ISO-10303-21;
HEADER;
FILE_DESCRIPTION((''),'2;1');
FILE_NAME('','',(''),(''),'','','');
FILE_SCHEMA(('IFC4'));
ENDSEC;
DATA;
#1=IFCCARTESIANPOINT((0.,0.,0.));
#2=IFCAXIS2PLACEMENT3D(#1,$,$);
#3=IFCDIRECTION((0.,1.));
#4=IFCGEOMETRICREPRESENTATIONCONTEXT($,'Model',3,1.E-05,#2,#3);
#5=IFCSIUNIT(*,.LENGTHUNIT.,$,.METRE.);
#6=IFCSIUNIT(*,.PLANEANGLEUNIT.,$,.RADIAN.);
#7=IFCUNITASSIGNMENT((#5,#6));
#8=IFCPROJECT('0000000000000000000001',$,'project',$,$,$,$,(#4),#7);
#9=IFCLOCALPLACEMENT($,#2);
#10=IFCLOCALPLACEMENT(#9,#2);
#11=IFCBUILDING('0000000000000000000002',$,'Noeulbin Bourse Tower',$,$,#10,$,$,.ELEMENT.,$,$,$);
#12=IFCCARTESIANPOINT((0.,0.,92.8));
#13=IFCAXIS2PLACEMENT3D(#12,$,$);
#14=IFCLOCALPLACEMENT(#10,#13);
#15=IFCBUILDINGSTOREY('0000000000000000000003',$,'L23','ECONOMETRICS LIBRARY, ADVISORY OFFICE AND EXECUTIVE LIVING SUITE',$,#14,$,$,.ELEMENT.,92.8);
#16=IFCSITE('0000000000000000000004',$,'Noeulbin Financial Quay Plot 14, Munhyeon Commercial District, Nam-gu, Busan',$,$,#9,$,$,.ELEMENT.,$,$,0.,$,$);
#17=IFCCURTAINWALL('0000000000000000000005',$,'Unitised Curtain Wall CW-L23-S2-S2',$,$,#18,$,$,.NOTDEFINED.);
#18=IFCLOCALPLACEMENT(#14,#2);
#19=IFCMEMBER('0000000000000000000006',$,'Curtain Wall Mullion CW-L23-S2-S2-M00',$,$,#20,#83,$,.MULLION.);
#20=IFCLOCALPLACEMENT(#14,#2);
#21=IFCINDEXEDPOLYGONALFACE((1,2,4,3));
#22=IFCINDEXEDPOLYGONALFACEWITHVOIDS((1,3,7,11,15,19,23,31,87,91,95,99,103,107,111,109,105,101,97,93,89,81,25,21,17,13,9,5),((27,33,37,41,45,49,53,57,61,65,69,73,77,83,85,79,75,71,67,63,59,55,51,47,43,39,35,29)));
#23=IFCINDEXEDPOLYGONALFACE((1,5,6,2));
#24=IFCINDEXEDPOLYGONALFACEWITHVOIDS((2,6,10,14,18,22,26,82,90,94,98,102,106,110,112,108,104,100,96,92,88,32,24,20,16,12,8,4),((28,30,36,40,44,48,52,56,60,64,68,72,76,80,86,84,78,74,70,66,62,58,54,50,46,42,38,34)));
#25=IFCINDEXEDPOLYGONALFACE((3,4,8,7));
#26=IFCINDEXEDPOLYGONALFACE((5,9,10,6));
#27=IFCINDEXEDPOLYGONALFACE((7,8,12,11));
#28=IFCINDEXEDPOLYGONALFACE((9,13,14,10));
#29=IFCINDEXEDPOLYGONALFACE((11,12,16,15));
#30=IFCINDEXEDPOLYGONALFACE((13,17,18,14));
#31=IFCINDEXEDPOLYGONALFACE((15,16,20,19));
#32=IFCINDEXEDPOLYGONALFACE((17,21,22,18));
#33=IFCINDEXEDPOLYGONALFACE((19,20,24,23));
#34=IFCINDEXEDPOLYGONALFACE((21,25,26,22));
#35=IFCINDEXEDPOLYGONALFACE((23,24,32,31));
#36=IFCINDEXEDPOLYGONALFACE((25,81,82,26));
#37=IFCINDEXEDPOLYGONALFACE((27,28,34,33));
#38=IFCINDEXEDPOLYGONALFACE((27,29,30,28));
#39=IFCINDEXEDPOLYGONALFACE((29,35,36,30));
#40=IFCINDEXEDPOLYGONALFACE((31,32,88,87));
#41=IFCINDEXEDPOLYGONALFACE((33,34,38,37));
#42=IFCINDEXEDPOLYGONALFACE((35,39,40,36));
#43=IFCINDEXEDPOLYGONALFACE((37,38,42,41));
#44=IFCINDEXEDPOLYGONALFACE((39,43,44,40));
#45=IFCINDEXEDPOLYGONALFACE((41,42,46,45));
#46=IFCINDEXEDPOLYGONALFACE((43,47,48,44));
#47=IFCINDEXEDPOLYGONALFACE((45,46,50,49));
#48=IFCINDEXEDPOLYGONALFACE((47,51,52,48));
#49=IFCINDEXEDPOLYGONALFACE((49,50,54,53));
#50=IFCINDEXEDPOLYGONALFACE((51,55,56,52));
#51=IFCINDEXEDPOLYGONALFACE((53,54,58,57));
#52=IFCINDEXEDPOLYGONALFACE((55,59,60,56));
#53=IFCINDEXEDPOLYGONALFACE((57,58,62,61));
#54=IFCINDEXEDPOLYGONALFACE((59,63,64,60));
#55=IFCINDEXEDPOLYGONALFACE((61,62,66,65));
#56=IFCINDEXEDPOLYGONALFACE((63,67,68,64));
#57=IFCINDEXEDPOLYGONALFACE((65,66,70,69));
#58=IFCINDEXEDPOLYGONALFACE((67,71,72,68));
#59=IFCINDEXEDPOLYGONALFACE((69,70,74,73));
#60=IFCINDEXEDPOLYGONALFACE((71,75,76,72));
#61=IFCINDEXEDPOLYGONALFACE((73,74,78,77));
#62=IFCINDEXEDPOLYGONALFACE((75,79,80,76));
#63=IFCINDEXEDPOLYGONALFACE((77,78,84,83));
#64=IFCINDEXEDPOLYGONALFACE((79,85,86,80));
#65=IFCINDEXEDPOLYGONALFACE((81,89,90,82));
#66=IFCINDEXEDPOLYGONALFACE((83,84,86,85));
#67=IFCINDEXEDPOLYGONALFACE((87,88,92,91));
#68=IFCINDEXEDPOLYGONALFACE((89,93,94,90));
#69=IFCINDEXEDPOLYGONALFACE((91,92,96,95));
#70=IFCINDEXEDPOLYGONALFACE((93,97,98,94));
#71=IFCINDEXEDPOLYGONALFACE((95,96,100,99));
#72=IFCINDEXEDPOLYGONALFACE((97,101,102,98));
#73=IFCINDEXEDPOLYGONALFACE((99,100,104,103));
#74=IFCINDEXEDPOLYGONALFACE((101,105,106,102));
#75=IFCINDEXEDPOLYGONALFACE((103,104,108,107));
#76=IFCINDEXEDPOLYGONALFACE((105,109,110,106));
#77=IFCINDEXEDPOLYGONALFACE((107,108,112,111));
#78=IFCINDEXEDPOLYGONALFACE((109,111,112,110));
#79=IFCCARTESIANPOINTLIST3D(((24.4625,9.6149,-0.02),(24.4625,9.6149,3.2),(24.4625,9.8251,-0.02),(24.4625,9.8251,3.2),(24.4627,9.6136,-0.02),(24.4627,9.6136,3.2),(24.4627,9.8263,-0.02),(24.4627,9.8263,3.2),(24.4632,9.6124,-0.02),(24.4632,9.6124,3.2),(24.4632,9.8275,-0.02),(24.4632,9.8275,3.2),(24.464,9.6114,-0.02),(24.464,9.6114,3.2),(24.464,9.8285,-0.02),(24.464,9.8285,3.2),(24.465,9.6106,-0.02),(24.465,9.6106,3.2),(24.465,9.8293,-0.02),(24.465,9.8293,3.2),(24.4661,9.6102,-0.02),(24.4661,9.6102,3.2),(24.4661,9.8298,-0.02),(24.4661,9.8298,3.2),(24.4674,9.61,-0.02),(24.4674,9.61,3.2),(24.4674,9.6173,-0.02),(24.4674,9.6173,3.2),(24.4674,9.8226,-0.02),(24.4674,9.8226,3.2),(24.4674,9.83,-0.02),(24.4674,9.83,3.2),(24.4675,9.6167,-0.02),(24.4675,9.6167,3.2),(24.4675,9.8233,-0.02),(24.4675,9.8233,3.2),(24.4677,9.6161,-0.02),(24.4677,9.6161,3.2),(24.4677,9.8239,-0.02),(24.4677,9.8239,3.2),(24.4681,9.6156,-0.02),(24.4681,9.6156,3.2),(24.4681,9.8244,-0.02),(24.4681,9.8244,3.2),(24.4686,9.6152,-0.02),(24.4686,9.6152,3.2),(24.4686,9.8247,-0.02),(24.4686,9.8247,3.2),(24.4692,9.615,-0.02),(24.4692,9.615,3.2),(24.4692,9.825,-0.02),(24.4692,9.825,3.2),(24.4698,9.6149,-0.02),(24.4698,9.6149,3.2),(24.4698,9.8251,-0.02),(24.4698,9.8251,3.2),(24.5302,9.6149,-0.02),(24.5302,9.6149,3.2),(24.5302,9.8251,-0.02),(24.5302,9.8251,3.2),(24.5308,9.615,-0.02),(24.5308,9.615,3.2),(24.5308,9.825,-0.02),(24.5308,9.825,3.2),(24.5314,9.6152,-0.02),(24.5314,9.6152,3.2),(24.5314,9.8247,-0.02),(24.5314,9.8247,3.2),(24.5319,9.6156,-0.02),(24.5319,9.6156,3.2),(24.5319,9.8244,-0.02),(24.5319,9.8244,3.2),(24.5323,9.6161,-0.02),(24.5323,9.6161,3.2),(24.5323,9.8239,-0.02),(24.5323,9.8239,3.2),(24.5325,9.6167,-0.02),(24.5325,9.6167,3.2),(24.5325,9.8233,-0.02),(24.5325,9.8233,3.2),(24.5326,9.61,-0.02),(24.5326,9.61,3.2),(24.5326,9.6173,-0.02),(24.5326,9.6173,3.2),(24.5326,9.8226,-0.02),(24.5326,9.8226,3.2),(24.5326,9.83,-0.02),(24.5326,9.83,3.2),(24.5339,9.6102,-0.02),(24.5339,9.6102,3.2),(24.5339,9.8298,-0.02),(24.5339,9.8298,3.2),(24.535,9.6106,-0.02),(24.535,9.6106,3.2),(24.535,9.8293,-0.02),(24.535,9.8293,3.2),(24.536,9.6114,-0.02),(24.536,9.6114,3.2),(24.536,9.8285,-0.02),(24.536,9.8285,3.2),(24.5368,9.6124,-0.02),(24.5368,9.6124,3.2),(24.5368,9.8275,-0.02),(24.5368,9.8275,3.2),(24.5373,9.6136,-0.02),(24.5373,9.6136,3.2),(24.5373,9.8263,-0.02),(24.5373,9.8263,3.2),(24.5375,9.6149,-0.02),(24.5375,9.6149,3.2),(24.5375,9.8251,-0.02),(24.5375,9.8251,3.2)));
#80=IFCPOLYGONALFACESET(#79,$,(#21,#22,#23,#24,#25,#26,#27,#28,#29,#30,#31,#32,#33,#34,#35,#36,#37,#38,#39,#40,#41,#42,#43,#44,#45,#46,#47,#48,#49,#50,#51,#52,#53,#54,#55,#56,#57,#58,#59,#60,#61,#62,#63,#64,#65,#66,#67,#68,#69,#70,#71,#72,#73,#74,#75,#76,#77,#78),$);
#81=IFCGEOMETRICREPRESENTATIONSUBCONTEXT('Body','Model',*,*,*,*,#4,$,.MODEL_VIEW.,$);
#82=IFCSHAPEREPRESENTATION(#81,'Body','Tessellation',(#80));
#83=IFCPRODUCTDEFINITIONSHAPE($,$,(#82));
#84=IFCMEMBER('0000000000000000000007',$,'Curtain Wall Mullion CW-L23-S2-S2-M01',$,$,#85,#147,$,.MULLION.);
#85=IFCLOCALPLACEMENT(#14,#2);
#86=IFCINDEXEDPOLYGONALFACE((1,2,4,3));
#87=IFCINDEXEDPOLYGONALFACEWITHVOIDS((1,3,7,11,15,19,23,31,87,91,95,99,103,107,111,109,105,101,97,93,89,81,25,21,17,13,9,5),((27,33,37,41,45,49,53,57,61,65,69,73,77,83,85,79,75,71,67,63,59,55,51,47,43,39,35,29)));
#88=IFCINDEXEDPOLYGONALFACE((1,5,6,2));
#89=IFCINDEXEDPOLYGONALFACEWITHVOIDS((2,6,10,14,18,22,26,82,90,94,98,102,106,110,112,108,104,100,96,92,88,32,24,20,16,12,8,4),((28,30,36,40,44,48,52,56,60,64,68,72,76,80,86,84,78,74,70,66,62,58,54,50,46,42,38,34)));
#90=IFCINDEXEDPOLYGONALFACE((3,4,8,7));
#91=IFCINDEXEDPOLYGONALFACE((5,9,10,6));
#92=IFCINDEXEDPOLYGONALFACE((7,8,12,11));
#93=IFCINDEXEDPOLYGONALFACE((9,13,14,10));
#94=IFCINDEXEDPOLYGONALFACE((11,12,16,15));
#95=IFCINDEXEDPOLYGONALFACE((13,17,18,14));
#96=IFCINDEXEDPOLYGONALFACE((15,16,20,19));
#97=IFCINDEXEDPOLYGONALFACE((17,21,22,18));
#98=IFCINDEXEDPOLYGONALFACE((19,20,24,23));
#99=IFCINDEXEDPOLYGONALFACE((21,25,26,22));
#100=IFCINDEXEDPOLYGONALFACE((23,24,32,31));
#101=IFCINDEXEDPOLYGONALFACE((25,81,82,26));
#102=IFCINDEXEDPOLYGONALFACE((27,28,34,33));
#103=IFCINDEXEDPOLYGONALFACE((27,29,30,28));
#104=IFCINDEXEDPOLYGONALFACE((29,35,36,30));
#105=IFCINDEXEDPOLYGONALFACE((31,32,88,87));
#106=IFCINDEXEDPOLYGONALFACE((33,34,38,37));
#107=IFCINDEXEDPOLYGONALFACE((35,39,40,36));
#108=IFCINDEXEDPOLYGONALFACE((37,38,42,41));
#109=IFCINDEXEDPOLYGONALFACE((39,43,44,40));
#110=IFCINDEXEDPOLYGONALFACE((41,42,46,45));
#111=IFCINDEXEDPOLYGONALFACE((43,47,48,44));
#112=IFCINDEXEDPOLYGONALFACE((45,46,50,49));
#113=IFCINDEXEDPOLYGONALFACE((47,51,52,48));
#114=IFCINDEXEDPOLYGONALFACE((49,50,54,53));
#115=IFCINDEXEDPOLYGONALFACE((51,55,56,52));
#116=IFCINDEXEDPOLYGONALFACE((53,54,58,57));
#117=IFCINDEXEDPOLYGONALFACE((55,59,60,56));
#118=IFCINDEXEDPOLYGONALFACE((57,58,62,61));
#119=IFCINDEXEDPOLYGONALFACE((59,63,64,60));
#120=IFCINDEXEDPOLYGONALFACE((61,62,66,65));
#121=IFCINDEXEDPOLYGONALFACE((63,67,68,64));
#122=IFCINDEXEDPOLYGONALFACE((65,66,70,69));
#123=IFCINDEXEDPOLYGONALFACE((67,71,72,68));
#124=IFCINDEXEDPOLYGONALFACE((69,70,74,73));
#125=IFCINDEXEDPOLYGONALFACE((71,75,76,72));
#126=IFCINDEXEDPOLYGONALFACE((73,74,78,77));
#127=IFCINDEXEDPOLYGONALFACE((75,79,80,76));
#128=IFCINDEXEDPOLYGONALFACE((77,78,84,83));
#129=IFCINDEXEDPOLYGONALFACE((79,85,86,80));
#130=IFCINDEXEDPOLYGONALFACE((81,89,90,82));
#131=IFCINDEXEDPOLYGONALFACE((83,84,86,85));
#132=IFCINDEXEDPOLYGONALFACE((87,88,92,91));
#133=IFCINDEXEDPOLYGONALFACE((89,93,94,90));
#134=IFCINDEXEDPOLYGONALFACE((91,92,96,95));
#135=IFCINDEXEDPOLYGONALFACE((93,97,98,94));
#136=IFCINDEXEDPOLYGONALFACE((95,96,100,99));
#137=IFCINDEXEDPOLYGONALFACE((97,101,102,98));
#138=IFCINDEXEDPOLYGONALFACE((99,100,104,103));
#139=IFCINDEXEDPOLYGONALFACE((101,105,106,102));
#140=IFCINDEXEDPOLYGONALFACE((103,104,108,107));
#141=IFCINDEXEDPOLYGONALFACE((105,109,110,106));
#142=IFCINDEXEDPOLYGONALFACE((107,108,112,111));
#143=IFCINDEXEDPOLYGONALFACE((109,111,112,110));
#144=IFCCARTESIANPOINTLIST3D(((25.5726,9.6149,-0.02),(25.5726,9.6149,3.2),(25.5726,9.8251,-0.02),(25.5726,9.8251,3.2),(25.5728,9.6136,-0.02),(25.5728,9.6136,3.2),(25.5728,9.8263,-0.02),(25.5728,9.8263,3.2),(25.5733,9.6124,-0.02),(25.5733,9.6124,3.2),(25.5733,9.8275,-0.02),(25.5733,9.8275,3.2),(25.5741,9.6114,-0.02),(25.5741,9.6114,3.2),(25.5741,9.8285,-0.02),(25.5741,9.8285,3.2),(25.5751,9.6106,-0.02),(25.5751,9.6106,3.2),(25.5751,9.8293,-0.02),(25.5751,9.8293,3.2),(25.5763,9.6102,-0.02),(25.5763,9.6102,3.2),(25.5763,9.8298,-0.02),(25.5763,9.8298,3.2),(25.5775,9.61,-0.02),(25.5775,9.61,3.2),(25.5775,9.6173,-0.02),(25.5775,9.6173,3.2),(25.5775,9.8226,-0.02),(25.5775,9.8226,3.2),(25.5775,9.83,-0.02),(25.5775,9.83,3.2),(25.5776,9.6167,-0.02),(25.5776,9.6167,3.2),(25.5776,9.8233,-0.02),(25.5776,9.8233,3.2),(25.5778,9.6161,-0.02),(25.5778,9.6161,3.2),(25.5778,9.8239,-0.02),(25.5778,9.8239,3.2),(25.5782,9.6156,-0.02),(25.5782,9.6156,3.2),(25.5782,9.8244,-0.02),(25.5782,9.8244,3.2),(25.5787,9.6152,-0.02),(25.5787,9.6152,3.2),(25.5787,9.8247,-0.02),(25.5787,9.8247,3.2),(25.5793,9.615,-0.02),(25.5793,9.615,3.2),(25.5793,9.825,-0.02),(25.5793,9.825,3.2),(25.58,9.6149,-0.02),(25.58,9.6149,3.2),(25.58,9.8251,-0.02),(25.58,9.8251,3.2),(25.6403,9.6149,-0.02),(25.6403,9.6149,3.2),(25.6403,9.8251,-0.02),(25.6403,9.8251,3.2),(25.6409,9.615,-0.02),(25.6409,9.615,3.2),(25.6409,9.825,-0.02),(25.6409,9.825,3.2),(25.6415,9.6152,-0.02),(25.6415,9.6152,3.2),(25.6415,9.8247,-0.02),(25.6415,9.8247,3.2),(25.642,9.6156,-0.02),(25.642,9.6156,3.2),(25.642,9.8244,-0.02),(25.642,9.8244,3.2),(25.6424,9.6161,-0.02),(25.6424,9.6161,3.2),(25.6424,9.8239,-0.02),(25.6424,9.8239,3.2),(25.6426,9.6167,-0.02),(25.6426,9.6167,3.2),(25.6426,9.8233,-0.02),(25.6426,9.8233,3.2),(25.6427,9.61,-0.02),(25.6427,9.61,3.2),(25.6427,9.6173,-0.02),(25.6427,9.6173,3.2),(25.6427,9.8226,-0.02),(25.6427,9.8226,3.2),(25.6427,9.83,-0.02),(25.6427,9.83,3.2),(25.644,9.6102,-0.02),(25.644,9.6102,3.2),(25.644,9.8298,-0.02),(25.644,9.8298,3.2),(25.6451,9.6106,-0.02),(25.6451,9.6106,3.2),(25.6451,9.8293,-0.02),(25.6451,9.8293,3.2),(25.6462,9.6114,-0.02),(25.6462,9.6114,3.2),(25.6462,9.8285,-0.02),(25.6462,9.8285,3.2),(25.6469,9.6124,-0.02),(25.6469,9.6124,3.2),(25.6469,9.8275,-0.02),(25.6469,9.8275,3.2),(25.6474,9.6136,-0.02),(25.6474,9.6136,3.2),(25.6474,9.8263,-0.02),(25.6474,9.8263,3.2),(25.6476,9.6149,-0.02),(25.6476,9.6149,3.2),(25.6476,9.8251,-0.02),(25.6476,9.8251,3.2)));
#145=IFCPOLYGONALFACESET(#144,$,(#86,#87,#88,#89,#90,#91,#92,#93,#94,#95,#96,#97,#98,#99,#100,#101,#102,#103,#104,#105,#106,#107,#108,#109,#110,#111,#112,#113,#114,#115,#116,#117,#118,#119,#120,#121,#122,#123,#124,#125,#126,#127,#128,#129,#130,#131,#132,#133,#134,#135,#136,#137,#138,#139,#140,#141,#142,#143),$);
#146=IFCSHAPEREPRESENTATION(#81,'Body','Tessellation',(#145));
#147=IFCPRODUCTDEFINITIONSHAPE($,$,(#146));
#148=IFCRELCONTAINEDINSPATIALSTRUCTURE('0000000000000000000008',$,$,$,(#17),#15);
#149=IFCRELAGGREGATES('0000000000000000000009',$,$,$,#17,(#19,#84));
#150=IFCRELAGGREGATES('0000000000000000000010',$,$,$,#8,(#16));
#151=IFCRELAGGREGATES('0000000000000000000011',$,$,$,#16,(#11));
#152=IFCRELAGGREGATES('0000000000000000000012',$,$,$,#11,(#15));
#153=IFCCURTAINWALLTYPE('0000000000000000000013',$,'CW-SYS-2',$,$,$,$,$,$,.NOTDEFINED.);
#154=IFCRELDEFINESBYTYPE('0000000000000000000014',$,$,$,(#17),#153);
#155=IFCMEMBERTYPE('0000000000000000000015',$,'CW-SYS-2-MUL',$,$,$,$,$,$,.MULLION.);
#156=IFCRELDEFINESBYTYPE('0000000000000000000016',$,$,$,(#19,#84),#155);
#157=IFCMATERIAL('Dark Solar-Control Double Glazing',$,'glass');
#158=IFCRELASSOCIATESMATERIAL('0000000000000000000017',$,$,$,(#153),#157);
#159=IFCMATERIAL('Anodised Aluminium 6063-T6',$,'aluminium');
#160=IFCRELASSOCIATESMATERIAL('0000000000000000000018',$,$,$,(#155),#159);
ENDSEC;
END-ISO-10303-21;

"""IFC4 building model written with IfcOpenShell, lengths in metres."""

from ifc_helpers import new_model, si_unit, direction, frame, origin, origin_2d, place, context, subcontext, project, spatial, hollow_rectangle, extrude, material, material_profile, profile_set, type_object, element, aggregate, save


model = new_model("IFC4")

# Units and contexts
model_context = context("Model", 3, precision=1e-05, world=origin(), true_north=direction((0.0, 1.0)))
body_context = subcontext(model_context, "Body", "Model", "MODEL_VIEW")
ifc_project = project(units=[si_unit("LENGTHUNIT", "METRE"), si_unit("PLANEANGLEUNIT", "RADIAN")], contexts=[model_context])

# Site, building, storey
site_placement = place(None, origin())
site = spatial("IfcSite", under=ifc_project, at=site_placement, Name="Noeulbin Financial Quay Plot 14, Munhyeon Commercial District, Nam-gu, Busan", CompositionType="ELEMENT", RefElevation=0.0)
building_placement = place(site_placement, origin())
building = spatial("IfcBuilding", under=site, at=building_placement, Name="Noeulbin Bourse Tower", CompositionType="ELEMENT")
storey_placement = place(building_placement, frame((0.0, 0.0, 92.8)))
storey = spatial("IfcBuildingStorey", under=building, at=storey_placement, Name="L23", Description="ECONOMETRICS LIBRARY, ADVISORY OFFICE AND EXECUTIVE LIVING SUITE", CompositionType="ELEMENT", Elevation=92.8)

# Shared definitions
ifc_material_1 = material(Name="Dark Solar-Control Double Glazing", Category="glass")
curtain_wall_type = type_object("IfcCurtainWallType", Name="CW-SYS-2", PredefinedType="NOTDEFINED", material=ifc_material_1)
ifc_material_2 = material(Name="Anodised Aluminium 6063-T6", Category="aluminium")
ifc_material_profile_1 = material_profile(ifc_material_2, hollow_rectangle(XDim=0.075, YDim=0.22, WallThickness=0.0049, InnerFilletRadius=0.0024, OuterFilletRadius=0.0049, at=origin_2d()), Name="ALU-MULL-75x220x5", Category="LoadBearing")
ifc_profile_set_1 = profile_set([ifc_material_profile_1], Name="Anodised Aluminium 6063-T6")
member_type_1 = type_object("IfcMemberType", Name="CW-SYS-2-MUL", PredefinedType="MULLION", material=ifc_profile_set_1)

# Curtain wall, members
curtain_wall_1_placement = place(storey_placement, origin())
curtain_wall_1 = element("IfcCurtainWall", 1, at=curtain_wall_1_placement, inside=storey, type_object=curtain_wall_type, Name="Unitised Curtain Wall CW-L23-S2-S2", PredefinedType="NOTDEFINED")
member_1_placement = place(storey_placement, frame((24.5, 9.72, -0.02), z_axis=(0.0, 0.0, 1.0), x_axis=(1.0, 0.0, 0.0)))
member_1 = element("IfcMember", 2, at=member_1_placement, type_object=member_type_1, Name="Curtain Wall Mullion CW-L23-S2-S2-M00", PredefinedType="MULLION", context=body_context, shape_type="SweptSolid", body=[
    extrude(hollow_rectangle(XDim=0.075, YDim=0.22, WallThickness=0.0049, InnerFilletRadius=0.0024, OuterFilletRadius=0.0049, at=origin_2d()), origin(), (0.0, 0.0, 1.0), 3.22),
])
member_2_placement = place(storey_placement, frame((25.6101, 9.72, -0.02), z_axis=(0.0, 0.0, 1.0), x_axis=(1.0, 0.0, 0.0)))
member_2 = element("IfcMember", 3, at=member_2_placement, type_object=member_type_1, Name="Curtain Wall Mullion CW-L23-S2-S2-M01", PredefinedType="MULLION", context=body_context, shape_type="SweptSolid", body=[
    extrude(hollow_rectangle(XDim=0.075, YDim=0.22, WallThickness=0.0049, InnerFilletRadius=0.0024, OuterFilletRadius=0.0049, at=origin_2d()), origin(), (0.0, 0.0, 1.0), 3.22),
])

aggregate(curtain_wall_1, [member_1, member_2])

save(model, "model.ifc")
